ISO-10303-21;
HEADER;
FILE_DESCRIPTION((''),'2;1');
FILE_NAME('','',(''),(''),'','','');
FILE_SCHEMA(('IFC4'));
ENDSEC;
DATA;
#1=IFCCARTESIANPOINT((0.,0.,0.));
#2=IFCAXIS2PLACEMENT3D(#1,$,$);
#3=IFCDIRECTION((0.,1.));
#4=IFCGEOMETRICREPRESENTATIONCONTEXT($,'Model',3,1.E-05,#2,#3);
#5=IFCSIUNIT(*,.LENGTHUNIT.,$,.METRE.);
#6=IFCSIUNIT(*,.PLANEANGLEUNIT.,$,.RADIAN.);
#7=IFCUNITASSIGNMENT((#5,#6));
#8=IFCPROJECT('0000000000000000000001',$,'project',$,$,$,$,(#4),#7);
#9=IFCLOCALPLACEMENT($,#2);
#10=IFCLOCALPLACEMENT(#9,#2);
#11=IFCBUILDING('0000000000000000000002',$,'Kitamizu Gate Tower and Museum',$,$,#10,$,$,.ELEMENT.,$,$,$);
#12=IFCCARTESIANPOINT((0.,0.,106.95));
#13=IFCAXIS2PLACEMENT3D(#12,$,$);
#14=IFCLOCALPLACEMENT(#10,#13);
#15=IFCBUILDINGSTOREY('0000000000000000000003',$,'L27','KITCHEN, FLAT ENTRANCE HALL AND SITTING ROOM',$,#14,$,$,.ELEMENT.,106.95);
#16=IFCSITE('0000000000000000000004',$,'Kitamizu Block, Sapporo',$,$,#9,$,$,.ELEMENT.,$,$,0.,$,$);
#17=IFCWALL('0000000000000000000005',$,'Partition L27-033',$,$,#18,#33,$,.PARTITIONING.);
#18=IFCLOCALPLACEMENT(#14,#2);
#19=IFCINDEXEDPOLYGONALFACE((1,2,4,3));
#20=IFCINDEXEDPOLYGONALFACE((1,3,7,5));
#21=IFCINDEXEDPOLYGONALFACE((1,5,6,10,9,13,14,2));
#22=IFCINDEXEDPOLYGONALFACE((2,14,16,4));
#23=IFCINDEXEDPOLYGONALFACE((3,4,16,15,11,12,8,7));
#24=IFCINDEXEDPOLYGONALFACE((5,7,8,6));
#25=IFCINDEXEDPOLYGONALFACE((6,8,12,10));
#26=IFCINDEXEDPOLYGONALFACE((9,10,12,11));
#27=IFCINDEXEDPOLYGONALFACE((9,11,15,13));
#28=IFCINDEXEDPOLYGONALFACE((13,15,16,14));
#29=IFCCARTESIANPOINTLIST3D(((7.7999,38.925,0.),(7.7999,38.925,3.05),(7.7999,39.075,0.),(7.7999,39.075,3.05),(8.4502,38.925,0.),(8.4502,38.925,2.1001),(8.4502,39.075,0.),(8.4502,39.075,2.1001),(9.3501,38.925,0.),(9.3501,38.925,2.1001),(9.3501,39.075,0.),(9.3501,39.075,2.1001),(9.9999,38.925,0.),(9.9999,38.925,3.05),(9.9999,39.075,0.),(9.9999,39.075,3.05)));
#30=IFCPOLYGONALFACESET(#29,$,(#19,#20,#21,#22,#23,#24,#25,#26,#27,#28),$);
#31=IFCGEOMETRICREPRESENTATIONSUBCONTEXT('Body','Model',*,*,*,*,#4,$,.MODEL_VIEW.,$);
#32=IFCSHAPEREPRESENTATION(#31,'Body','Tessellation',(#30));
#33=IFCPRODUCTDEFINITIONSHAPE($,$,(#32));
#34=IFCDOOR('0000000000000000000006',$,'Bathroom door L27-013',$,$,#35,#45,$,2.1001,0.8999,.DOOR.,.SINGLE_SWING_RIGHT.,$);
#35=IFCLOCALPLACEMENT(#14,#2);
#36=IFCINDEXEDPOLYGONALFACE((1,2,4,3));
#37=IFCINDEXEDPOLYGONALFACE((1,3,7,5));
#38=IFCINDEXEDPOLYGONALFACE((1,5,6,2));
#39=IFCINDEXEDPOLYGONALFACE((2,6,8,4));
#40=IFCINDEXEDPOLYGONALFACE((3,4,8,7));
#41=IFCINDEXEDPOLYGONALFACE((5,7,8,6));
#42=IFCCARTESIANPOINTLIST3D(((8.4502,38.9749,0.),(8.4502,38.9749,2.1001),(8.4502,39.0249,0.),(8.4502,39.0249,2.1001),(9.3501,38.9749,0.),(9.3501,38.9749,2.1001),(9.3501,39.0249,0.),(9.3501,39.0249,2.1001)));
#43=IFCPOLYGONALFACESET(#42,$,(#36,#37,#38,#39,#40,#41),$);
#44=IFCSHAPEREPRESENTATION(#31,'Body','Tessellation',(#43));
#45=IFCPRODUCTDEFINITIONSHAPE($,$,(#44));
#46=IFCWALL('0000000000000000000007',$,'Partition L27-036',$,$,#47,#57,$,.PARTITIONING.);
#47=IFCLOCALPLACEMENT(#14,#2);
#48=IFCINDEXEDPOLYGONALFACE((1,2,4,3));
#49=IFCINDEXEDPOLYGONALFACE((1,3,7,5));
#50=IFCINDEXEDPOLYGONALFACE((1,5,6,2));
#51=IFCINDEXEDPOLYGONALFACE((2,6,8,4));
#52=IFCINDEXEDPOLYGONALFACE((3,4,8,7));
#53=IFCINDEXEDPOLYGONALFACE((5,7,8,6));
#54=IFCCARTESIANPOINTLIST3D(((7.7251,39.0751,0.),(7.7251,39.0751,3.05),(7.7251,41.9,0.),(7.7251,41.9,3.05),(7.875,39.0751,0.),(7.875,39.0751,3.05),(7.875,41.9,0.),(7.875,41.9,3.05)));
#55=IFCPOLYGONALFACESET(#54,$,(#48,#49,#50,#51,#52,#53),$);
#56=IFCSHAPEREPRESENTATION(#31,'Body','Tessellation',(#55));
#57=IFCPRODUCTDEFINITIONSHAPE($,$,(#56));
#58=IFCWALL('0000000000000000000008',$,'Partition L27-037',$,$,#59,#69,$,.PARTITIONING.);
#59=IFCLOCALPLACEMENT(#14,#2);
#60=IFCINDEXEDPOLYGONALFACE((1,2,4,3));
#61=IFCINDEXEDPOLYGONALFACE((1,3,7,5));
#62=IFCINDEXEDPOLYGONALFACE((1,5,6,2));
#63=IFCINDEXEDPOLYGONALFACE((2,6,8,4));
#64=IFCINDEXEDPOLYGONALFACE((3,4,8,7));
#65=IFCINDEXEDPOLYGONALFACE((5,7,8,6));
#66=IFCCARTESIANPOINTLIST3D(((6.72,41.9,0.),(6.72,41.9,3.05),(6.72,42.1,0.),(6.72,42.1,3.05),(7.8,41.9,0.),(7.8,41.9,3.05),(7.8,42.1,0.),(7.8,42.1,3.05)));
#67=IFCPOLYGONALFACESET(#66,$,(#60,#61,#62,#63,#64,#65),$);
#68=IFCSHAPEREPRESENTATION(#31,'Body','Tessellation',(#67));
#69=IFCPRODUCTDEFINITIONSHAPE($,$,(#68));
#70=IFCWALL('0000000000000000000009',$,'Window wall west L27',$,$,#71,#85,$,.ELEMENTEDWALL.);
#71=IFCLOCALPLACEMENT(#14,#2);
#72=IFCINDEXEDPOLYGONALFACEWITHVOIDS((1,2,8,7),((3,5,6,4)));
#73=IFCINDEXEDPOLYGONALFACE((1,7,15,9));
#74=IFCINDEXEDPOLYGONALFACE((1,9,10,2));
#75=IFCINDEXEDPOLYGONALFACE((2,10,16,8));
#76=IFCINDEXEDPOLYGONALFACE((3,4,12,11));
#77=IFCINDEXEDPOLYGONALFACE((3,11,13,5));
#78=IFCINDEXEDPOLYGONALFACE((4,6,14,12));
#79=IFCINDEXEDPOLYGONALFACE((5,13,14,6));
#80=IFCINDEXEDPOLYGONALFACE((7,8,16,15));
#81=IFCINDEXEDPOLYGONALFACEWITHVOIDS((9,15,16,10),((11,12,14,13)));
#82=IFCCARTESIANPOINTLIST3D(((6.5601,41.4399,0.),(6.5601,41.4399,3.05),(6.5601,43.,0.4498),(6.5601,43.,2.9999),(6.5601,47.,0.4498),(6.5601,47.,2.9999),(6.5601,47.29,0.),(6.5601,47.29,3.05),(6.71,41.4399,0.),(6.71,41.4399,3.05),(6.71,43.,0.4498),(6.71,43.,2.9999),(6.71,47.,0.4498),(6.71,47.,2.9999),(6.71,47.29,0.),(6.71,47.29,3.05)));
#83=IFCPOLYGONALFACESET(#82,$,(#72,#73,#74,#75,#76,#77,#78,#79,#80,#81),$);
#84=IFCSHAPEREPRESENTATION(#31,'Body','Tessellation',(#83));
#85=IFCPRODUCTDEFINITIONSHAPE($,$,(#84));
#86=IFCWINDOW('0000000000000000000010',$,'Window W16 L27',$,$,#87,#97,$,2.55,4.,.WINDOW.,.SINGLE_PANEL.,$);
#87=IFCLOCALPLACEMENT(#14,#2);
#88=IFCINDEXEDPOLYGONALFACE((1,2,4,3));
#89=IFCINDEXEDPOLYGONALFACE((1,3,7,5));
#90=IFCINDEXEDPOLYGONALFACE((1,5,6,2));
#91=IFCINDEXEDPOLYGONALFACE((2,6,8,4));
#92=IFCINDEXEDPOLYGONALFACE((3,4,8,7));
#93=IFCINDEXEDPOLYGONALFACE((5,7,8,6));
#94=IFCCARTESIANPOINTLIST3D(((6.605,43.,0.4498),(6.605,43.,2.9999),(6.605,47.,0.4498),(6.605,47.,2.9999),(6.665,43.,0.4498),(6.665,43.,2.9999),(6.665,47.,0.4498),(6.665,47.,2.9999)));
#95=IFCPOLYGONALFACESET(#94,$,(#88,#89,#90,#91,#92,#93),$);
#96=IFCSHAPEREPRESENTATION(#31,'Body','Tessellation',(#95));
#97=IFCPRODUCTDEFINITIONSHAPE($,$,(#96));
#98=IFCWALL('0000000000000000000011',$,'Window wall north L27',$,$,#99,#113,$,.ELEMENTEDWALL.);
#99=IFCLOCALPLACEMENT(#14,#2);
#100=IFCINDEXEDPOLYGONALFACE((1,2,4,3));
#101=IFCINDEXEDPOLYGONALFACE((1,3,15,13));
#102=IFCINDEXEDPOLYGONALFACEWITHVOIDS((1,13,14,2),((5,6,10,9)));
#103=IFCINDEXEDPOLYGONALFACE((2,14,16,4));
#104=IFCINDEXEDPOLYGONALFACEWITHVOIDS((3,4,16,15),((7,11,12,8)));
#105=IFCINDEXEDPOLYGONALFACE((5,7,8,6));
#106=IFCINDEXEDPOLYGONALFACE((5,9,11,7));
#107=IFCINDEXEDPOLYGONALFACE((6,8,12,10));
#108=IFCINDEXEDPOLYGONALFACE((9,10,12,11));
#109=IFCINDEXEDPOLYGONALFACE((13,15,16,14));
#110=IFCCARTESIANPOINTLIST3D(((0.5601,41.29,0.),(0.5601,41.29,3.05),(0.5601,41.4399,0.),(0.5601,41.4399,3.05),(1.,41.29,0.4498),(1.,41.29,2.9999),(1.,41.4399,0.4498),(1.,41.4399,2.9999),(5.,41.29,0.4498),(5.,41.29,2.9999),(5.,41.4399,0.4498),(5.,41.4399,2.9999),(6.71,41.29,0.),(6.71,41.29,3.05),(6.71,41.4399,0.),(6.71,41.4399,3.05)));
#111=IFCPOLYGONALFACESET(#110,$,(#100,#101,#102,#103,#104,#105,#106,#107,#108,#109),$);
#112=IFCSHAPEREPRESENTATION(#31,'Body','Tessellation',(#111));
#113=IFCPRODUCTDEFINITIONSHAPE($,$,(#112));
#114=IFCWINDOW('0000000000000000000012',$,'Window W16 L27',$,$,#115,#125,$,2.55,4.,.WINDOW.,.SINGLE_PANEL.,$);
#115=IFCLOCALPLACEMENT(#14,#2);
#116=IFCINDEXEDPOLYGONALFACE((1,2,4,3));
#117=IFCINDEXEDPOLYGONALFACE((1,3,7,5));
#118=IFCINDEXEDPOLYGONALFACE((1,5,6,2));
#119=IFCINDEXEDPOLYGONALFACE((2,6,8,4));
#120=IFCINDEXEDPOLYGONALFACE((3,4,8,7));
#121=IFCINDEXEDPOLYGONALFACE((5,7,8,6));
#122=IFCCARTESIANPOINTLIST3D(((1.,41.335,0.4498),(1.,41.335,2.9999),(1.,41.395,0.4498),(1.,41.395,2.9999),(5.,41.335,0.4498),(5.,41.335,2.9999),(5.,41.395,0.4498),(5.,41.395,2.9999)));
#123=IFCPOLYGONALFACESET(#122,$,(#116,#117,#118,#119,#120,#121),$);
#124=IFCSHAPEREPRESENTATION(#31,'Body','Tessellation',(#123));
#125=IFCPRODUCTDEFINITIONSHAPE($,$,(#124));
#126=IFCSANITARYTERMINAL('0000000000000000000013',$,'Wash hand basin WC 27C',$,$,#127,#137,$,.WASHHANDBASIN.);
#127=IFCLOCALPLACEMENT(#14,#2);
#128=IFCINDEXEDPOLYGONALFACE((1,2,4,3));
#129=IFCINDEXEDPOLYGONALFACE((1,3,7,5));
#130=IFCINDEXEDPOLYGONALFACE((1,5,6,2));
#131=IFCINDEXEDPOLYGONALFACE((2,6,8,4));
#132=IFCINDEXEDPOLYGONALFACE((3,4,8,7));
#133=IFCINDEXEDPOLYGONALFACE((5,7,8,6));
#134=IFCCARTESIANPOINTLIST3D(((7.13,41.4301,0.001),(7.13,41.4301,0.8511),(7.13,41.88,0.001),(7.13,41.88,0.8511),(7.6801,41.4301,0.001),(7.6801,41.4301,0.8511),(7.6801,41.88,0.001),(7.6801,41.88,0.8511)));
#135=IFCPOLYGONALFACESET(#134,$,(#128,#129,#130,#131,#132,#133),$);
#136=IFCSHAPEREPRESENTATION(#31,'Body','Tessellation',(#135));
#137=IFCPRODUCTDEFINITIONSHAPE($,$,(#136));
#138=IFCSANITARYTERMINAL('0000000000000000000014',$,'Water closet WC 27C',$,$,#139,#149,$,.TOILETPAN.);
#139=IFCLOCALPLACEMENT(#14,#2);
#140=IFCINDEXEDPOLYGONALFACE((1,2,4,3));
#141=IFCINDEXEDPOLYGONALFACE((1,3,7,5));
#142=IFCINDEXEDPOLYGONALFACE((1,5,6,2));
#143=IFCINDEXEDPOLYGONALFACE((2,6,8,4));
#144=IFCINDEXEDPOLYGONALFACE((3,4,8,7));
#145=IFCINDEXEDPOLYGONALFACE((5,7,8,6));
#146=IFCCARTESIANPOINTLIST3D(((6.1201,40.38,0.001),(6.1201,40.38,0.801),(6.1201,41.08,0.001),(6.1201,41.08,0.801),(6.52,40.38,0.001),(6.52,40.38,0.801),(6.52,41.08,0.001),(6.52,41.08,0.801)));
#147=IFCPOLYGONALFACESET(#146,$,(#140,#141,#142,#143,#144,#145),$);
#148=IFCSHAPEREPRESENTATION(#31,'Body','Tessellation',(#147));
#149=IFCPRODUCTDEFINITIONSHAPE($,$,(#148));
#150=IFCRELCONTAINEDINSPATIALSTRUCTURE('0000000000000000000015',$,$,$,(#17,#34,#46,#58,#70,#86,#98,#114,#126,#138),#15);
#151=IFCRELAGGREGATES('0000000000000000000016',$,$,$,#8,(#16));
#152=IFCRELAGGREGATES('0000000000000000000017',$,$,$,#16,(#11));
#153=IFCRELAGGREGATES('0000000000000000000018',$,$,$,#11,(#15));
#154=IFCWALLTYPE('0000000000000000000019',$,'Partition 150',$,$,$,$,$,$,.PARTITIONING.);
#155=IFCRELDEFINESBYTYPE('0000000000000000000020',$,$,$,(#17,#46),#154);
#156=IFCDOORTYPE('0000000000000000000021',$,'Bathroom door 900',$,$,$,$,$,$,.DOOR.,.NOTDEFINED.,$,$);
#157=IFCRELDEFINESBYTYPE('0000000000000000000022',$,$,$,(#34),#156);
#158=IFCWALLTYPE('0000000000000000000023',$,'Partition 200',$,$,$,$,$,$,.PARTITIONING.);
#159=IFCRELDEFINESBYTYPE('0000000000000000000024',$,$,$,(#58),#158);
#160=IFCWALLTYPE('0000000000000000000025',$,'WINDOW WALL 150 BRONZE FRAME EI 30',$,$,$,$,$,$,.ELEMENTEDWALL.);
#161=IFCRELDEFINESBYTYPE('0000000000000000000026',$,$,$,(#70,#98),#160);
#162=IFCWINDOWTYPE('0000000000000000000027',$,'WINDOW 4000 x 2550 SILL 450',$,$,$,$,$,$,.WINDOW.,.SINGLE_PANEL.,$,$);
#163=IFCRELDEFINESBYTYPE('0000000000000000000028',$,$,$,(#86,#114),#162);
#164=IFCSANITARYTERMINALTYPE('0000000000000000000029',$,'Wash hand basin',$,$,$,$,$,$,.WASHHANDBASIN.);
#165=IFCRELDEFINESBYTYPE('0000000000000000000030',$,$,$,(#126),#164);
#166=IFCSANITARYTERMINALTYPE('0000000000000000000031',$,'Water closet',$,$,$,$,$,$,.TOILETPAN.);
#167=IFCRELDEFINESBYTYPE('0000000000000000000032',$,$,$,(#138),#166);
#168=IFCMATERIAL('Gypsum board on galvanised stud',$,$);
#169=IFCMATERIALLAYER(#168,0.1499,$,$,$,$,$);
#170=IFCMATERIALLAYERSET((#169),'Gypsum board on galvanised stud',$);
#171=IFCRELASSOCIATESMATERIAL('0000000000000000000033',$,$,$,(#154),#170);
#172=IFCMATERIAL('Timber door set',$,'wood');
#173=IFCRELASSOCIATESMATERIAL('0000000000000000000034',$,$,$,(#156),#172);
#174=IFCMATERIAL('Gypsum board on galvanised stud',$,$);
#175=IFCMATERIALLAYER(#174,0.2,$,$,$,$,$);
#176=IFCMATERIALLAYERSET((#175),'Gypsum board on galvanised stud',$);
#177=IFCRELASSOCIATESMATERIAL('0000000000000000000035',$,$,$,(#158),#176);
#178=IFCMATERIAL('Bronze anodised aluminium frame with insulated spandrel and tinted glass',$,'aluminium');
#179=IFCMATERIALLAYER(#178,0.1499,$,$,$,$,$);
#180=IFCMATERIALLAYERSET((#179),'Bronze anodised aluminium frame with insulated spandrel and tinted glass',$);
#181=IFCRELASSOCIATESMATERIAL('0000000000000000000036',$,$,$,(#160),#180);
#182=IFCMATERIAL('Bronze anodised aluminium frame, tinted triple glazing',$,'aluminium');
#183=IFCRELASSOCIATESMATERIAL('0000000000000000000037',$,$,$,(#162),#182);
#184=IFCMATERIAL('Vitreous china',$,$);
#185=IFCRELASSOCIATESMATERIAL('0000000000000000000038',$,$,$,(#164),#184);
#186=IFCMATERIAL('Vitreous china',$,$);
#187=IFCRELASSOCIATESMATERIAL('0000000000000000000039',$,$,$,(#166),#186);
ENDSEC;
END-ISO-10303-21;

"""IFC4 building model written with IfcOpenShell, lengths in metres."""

from ifc_helpers import new_model, si_unit, direction, frame, frame_2d, origin, origin_2d, place, context, subcontext, project, spatial, rectangle, extrude, material, layer, layer_set, type_object, element, fill, save


model = new_model("IFC4")

# Units and contexts
model_context = context("Model", 3, precision=1e-05, world=origin(), true_north=direction((0.0, 1.0)))
body_context = subcontext(model_context, "Body", "Model", "MODEL_VIEW")
ifc_project = project(units=[si_unit("LENGTHUNIT", "METRE"), si_unit("PLANEANGLEUNIT", "RADIAN")], contexts=[model_context])

# Site, building, storey
site_placement = place(None, origin())
site = spatial("IfcSite", under=ifc_project, at=site_placement, Name="Kitamizu Block, Sapporo", CompositionType="ELEMENT", RefElevation=0.0)
building_placement = place(site_placement, origin())
building = spatial("IfcBuilding", under=site, at=building_placement, Name="Kitamizu Gate Tower and Museum", CompositionType="ELEMENT")
storey_placement = place(building_placement, frame((0.0, 0.0, 106.95)))
storey = spatial("IfcBuildingStorey", under=building, at=storey_placement, Name="L27", Description="KITCHEN, FLAT ENTRANCE HALL AND SITTING ROOM", CompositionType="ELEMENT", Elevation=106.95)

# Wall, opening, door
ifc_material_1 = material(Name="Gypsum board on galvanised stud")
ifc_layer_1 = layer(ifc_material_1, 0.1499)
ifc_layer_set_1 = layer_set([ifc_layer_1], Name="Gypsum board on galvanised stud")
wall_type_1 = type_object("IfcWallType", Name="Partition 150", PredefinedType="PARTITIONING", material=ifc_layer_set_1)
wall_1_placement = place(storey_placement, frame((10.0, 39.0, 0.0), z_axis=(0.0, 0.0, 1.0), x_axis=(-1.0, 0.0, 0.0)))
wall_1 = element("IfcWall", 1, at=wall_1_placement, inside=storey, type_object=wall_type_1, Name="Partition L27-033", PredefinedType="PARTITIONING", context=body_context, shape_type="SweptSolid", body=[
    extrude(rectangle(XDim=2.2, YDim=0.1499, at=frame_2d((1.1001, 0.0))), origin(), (0.0, 0.0, 1.0), 3.05),
])
opening_1_placement = place(wall_1_placement, frame((0.6499, 0.0, 0.0)))
opening_1 = element("IfcOpeningElement", 2, at=opening_1_placement, cuts=wall_1, PredefinedType="OPENING", context=body_context, shape_type="SweptSolid", body=[
    extrude(rectangle(XDim=0.8999, YDim=2.1001, at=frame_2d((0.45, 1.05))), frame((0.0, 0.085, 0.0), z_axis=(0.0, -1.0, 0.0), x_axis=(1.0, 0.0, 0.0)), (0.0, 0.0, 1.0), 0.1699),
])
ifc_material_2 = material(Name="Timber door set", Category="wood")
door_type = type_object("IfcDoorType", Name="Bathroom door 900", OperationType="NOTDEFINED", PredefinedType="DOOR", material=ifc_material_2)
door_placement = place(opening_1_placement, frame((0.8999, 0.0, 0.0), x_axis=(-1.0, 0.0, 0.0)))
door = element("IfcDoor", 3, at=door_placement, inside=storey, type_object=door_type, Name="Bathroom door L27-013", OperationType="SINGLE_SWING_RIGHT", OverallHeight=2.1001, OverallWidth=0.8999, PredefinedType="DOOR", context=body_context, shape_type="SweptSolid", body=[
    extrude(rectangle(XDim=0.8999, YDim=2.1001, at=frame_2d((0.45, 1.05))), frame((0.0, 0.0249, 0.0), z_axis=(0.0, -1.0, 0.0), x_axis=(1.0, 0.0, 0.0)), (0.0, 0.0, 1.0), 0.05),
])
fill(opening_1, door)

# Walls
wall_2_placement = place(storey_placement, frame((7.8, 39.075, 0.0), z_axis=(0.0, 0.0, 1.0), x_axis=(0.0, 1.0, 0.0)))
element("IfcWall", 4, at=wall_2_placement, inside=storey, type_object=wall_type_1, Name="Partition L27-036", PredefinedType="PARTITIONING", context=body_context, shape_type="SweptSolid", body=[
    extrude(rectangle(XDim=2.825, YDim=0.1499, at=frame_2d((1.4126, 0.0))), origin(), (0.0, 0.0, 1.0), 3.05),
])
ifc_material_3 = material(Name="Gypsum board on galvanised stud")
ifc_layer_2 = layer(ifc_material_3, 0.2)
ifc_layer_set_2 = layer_set([ifc_layer_2], Name="Gypsum board on galvanised stud")
wall_type_2 = type_object("IfcWallType", Name="Partition 200", PredefinedType="PARTITIONING", material=ifc_layer_set_2)
wall_3_placement = place(storey_placement, frame((7.8, 42.0, 0.0), z_axis=(0.0, 0.0, 1.0), x_axis=(-1.0, 0.0, 0.0)))
element("IfcWall", 5, at=wall_3_placement, inside=storey, type_object=wall_type_2, Name="Partition L27-037", PredefinedType="PARTITIONING", context=body_context, shape_type="SweptSolid", body=[
    extrude(rectangle(XDim=1.0801, YDim=0.2, at=frame_2d((0.54, 0.0))), origin(), (0.0, 0.0, 1.0), 3.05),
])

# Shared definitions
ifc_material_4 = material(Name="Bronze anodised aluminium frame with insulated spandrel and tinted glass", Category="aluminium")
ifc_layer_3 = layer(ifc_material_4, 0.1499)
ifc_layer_set_3 = layer_set([ifc_layer_3], Name="Bronze anodised aluminium frame with insulated spandrel and tinted glass")
wall_type_3 = type_object("IfcWallType", Name="WINDOW WALL 150 BRONZE FRAME EI 30", PredefinedType="ELEMENTEDWALL", material=ifc_layer_set_3)

# Walls, openings, windows
wall_4_placement = place(storey_placement, frame((6.635, 41.4399, 0.0), z_axis=(0.0, 0.0, 1.0), x_axis=(0.0, 1.0, 0.0)))
wall_4 = element("IfcWall", 6, at=wall_4_placement, inside=storey, type_object=wall_type_3, Name="Window wall west L27", PredefinedType="ELEMENTEDWALL", context=body_context, shape_type="SweptSolid", body=[
    extrude(rectangle(XDim=5.8501, YDim=0.1499, at=frame_2d((2.925, 0.0))), origin(), (0.0, 0.0, 1.0), 3.05),
])
opening_2_placement = place(wall_4_placement, frame((1.5601, 0.0, 0.45)))
opening_2 = element("IfcOpeningElement", 7, at=opening_2_placement, cuts=wall_4, PredefinedType="OPENING", context=body_context, shape_type="SweptSolid", body=[
    extrude(rectangle(XDim=4.0, YDim=2.55, at=frame_2d((2.0, 1.2749))), frame((0.0, 0.085, 0.0), z_axis=(0.0, -1.0, 0.0), x_axis=(1.0, 0.0, 0.0)), (0.0, 0.0, 1.0), 0.1699),
])
ifc_material_5 = material(Name="Bronze anodised aluminium frame, tinted triple glazing", Category="aluminium")
window_type_1 = type_object("IfcWindowType", Name="WINDOW 4000 x 2550 SILL 450", PartitioningType="SINGLE_PANEL", PredefinedType="WINDOW", material=ifc_material_5)
window_1_placement = place(opening_2_placement, origin())
window_1 = element("IfcWindow", 8, at=window_1_placement, inside=storey, type_object=window_type_1, Name="Window W16 L27", OverallHeight=2.55, OverallWidth=4.0, PartitioningType="SINGLE_PANEL", PredefinedType="WINDOW", context=body_context, shape_type="SweptSolid", body=[
    extrude(rectangle(XDim=4.0, YDim=2.55, at=frame_2d((2.0, 1.2749))), frame((0.0, 0.03, 0.0), z_axis=(0.0, -1.0, 0.0), x_axis=(1.0, 0.0, 0.0)), (0.0, 0.0, 1.0), 0.0601),
])
fill(opening_2, window_1)
wall_5_placement = place(storey_placement, frame((0.5601, 41.365, 0.0), z_axis=(0.0, 0.0, 1.0), x_axis=(1.0, 0.0, 0.0)))
wall_5 = element("IfcWall", 9, at=wall_5_placement, inside=storey, type_object=wall_type_3, Name="Window wall north L27", PredefinedType="ELEMENTEDWALL", context=body_context, shape_type="SweptSolid", body=[
    extrude(rectangle(XDim=6.1499, YDim=0.1499, at=frame_2d((3.075, 0.0))), origin(), (0.0, 0.0, 1.0), 3.05),
])
opening_3_placement = place(wall_5_placement, frame((0.4399, 0.0, 0.45)))
opening_3 = element("IfcOpeningElement", 10, at=opening_3_placement, cuts=wall_5, PredefinedType="OPENING", context=body_context, shape_type="SweptSolid", body=[
    extrude(rectangle(XDim=4.0, YDim=2.55, at=frame_2d((2.0, 1.2749))), frame((0.0, 0.085, 0.0), z_axis=(0.0, -1.0, 0.0), x_axis=(1.0, 0.0, 0.0)), (0.0, 0.0, 1.0), 0.1699),
])
window_2_placement = place(opening_3_placement, origin())
window_2 = element("IfcWindow", 11, at=window_2_placement, inside=storey, type_object=window_type_1, Name="Window W16 L27", OverallHeight=2.55, OverallWidth=4.0, PartitioningType="SINGLE_PANEL", PredefinedType="WINDOW", context=body_context, shape_type="SweptSolid", body=[
    extrude(rectangle(XDim=4.0, YDim=2.55, at=frame_2d((2.0, 1.2749))), frame((0.0, 0.03, 0.0), z_axis=(0.0, -1.0, 0.0), x_axis=(1.0, 0.0, 0.0)), (0.0, 0.0, 1.0), 0.0601),
])
fill(opening_3, window_2)

# Sanitary terminals
ifc_material_6 = material(Name="Vitreous china")
sanitary_terminal_type_1 = type_object("IfcSanitaryTerminalType", Name="Wash hand basin", PredefinedType="WASHHANDBASIN", material=ifc_material_6)
sanitary_terminal_1_placement = place(storey_placement, frame((7.405, 41.655, 0.001), z_axis=(0.0, 0.0, 1.0), x_axis=(1.0, 0.0, 0.0)))
element("IfcSanitaryTerminal", 12, at=sanitary_terminal_1_placement, inside=storey, type_object=sanitary_terminal_type_1, Name="Wash hand basin WC 27C", PredefinedType="WASHHANDBASIN", context=body_context, shape_type="SweptSolid", body=[
    extrude(rectangle(XDim=0.55, YDim=0.45, at=origin_2d()), origin(), (0.0, 0.0, 1.0), 0.8501),
])
ifc_material_7 = material(Name="Vitreous china")
sanitary_terminal_type_2 = type_object("IfcSanitaryTerminalType", Name="Water closet", PredefinedType="TOILETPAN", material=ifc_material_7)
sanitary_terminal_2_placement = place(storey_placement, frame((6.3201, 40.73, 0.001), z_axis=(0.0, 0.0, 1.0), x_axis=(1.0, 0.0, 0.0)))
element("IfcSanitaryTerminal", 13, at=sanitary_terminal_2_placement, inside=storey, type_object=sanitary_terminal_type_2, Name="Water closet WC 27C", PredefinedType="TOILETPAN", context=body_context, shape_type="SweptSolid", body=[
    extrude(rectangle(XDim=0.3999, YDim=0.7, at=origin_2d()), origin(), (0.0, 0.0, 1.0), 0.8),
])

save(model, "model.ifc")
